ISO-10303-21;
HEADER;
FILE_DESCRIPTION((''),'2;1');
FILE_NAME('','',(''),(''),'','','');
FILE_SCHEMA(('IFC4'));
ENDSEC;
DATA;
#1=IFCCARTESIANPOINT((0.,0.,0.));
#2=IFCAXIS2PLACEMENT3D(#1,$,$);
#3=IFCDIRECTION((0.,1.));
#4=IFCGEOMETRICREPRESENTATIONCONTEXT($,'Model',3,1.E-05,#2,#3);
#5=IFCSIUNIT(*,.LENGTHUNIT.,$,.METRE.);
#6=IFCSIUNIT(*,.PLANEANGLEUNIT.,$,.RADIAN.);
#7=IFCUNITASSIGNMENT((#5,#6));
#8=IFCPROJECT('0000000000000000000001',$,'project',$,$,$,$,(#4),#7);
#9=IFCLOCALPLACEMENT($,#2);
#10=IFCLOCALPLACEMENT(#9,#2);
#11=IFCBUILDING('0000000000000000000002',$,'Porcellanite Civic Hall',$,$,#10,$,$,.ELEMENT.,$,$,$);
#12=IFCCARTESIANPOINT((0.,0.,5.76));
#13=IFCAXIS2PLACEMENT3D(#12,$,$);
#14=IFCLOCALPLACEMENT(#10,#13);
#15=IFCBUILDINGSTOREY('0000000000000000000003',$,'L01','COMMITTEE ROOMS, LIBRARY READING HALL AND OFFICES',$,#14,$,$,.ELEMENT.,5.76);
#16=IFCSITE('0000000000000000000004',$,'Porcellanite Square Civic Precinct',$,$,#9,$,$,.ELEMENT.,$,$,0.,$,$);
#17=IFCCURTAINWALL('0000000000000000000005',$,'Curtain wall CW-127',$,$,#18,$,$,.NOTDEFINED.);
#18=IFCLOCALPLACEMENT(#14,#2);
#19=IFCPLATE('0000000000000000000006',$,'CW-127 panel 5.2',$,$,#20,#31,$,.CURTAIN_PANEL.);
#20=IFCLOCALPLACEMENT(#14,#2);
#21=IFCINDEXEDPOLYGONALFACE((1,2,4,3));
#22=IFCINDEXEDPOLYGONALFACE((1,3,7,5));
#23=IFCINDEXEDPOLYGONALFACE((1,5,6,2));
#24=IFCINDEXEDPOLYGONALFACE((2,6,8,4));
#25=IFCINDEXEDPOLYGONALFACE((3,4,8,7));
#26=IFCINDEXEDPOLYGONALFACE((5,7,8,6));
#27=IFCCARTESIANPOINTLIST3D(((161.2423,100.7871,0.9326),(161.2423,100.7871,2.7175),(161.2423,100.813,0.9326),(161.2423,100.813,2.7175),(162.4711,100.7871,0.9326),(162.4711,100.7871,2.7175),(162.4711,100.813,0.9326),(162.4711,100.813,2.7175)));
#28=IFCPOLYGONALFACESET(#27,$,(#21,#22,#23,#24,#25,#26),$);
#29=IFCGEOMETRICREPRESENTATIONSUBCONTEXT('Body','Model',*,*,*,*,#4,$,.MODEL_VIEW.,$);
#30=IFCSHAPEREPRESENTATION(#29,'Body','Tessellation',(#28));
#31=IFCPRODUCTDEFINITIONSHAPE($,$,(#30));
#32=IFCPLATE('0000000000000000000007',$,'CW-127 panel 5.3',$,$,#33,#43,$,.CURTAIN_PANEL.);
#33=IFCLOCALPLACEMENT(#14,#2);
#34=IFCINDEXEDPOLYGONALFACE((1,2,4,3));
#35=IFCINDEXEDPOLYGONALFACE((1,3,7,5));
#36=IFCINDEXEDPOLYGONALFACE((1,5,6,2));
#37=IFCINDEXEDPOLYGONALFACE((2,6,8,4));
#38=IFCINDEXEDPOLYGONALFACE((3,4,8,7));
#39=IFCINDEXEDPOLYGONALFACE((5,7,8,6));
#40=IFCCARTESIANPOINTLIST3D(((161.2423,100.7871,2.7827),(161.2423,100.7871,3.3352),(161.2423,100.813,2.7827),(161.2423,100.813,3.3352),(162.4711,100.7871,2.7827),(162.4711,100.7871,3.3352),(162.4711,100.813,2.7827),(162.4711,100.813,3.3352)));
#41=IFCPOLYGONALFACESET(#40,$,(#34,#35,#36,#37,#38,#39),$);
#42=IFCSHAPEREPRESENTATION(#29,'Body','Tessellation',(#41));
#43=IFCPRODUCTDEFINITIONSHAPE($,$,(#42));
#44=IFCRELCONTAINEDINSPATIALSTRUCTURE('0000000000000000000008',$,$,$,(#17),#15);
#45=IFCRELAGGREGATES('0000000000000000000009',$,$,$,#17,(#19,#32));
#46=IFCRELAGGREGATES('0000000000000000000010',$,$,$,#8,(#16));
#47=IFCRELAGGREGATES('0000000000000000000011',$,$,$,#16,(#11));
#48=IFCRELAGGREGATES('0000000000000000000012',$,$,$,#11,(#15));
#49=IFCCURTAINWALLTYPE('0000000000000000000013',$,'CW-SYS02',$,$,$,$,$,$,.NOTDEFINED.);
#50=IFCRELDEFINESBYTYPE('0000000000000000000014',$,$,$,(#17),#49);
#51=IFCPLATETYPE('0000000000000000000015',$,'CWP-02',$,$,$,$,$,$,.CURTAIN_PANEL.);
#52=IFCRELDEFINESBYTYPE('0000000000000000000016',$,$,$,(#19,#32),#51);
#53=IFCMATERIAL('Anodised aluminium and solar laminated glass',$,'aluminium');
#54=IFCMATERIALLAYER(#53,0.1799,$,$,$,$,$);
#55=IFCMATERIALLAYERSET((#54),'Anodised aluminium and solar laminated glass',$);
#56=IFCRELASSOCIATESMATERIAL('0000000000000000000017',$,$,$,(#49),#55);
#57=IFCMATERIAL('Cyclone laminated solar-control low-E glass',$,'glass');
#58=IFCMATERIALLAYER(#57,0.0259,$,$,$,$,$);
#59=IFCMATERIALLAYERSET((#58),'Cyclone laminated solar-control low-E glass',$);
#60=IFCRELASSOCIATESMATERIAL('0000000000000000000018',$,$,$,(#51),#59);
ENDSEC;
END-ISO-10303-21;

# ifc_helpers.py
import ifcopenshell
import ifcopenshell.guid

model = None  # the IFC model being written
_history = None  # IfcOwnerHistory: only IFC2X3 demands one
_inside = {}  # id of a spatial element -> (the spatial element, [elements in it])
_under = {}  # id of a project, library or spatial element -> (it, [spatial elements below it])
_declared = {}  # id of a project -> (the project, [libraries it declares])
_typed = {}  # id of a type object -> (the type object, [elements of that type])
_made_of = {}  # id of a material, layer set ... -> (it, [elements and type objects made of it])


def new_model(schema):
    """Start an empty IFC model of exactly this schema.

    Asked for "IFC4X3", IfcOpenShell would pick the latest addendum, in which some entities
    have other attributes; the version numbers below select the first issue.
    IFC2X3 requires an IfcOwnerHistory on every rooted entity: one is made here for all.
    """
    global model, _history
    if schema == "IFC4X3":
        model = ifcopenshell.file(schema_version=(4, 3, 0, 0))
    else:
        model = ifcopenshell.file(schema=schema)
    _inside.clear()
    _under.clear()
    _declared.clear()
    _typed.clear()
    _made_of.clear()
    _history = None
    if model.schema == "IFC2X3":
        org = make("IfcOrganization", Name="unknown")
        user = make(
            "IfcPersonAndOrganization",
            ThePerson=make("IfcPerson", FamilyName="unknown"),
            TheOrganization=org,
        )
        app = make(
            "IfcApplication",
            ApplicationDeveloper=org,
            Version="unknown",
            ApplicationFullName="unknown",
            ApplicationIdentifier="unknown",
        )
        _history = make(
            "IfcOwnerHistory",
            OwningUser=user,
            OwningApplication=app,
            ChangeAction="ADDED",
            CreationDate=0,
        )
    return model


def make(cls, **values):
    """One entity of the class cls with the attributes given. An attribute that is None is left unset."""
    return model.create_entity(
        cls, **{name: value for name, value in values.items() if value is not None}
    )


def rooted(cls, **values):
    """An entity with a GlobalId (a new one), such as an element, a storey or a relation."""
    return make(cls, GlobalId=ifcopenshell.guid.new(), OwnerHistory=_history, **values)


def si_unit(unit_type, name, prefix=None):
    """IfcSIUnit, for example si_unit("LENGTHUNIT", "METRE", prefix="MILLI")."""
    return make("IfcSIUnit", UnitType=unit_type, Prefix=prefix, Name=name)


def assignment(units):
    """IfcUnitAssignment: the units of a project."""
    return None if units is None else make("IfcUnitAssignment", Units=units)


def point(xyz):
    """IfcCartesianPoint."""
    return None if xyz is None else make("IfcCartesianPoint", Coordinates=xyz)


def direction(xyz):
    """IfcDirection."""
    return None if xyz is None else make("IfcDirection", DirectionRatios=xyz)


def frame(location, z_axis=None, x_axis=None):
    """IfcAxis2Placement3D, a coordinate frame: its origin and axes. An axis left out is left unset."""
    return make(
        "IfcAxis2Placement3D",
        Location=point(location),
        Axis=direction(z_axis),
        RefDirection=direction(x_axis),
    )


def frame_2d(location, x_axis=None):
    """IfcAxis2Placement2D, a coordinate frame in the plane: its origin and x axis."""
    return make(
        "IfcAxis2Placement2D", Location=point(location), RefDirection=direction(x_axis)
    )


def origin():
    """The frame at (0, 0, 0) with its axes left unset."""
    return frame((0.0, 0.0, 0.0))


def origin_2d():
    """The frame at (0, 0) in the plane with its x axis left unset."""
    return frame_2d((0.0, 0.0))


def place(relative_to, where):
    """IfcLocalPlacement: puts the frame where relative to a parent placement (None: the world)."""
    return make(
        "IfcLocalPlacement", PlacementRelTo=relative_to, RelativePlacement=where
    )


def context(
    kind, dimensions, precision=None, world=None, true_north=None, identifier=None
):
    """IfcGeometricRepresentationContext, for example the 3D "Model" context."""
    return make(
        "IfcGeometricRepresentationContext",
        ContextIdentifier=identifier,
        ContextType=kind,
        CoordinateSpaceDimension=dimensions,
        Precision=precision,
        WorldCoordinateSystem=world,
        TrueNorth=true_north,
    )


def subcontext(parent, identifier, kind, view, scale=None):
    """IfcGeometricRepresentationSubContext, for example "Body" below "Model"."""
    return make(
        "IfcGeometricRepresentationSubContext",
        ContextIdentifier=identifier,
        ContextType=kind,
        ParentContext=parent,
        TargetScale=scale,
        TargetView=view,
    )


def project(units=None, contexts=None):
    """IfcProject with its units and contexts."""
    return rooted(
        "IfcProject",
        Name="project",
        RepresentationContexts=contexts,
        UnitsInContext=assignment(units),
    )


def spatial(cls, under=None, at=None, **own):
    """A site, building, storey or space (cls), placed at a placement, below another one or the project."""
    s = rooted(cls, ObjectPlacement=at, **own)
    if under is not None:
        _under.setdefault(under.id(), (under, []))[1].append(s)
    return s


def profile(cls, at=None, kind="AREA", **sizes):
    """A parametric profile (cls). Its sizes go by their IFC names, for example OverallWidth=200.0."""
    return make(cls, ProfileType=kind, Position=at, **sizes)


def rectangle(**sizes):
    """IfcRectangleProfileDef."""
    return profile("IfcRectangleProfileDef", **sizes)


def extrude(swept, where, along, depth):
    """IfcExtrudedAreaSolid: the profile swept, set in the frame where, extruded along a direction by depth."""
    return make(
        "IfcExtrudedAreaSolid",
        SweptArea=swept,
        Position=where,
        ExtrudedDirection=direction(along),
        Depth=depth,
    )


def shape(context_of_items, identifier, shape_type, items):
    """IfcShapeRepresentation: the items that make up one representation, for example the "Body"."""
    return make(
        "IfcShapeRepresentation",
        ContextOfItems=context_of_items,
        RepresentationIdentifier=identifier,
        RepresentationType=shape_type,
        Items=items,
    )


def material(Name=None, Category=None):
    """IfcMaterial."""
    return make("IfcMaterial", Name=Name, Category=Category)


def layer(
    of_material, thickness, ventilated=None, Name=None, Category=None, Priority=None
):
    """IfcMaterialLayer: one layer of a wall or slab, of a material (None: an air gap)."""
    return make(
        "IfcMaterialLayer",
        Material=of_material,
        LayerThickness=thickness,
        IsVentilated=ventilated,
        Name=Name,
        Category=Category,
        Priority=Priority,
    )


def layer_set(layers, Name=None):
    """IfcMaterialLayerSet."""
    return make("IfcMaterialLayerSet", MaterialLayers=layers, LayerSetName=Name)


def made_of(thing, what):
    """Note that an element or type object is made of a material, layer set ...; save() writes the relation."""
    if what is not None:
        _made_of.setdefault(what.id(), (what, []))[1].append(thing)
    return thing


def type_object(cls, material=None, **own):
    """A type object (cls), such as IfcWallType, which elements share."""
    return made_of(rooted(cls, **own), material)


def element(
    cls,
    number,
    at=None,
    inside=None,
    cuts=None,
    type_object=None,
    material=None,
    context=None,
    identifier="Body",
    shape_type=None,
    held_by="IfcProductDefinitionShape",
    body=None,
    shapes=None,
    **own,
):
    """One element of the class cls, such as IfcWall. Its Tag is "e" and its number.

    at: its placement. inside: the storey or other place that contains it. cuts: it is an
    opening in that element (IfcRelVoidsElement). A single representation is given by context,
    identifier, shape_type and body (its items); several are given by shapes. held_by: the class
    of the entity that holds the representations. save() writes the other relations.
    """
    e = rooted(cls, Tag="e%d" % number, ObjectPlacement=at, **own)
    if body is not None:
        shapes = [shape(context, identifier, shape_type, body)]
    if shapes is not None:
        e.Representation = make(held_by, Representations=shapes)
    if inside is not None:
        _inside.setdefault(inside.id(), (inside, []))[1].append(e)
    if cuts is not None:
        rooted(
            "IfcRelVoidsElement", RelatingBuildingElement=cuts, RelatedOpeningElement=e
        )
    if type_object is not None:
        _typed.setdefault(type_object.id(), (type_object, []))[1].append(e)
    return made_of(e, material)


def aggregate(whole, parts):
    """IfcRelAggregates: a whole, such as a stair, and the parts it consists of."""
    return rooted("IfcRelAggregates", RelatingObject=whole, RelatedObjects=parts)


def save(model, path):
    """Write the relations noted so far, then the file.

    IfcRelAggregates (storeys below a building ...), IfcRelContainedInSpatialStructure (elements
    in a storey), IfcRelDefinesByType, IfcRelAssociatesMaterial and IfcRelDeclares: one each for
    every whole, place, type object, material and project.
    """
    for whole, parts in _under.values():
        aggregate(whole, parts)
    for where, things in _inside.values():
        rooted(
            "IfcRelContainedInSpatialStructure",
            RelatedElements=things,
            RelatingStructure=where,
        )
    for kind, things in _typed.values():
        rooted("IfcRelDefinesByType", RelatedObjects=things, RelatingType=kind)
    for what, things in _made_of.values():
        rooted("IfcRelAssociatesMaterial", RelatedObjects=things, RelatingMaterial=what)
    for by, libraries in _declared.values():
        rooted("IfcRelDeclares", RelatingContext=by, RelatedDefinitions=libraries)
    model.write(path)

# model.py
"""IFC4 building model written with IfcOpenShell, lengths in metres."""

from ifc_helpers import new_model, si_unit, direction, frame, origin, origin_2d, place, context, subcontext, project, spatial, rectangle, extrude, material, layer, layer_set, type_object, element, aggregate, save


model = new_model("IFC4")

# Units and contexts
model_context = context("Model", 3, precision=1e-05, world=origin(), true_north=direction((0.0, 1.0)))
body_context = subcontext(model_context, "Body", "Model", "MODEL_VIEW")
ifc_project = project(units=[si_unit("LENGTHUNIT", "METRE"), si_unit("PLANEANGLEUNIT", "RADIAN")], contexts=[model_context])

# Site, building, storey
site_placement = place(None, origin())
site = spatial("IfcSite", under=ifc_project, at=site_placement, Name="Porcellanite Square Civic Precinct", CompositionType="ELEMENT", RefElevation=0.0)
building_placement = place(site_placement, origin())
building = spatial("IfcBuilding", under=site, at=building_placement, Name="Porcellanite Civic Hall", CompositionType="ELEMENT")
storey_placement = place(building_placement, frame((0.0, 0.0, 5.76)))
storey = spatial("IfcBuildingStorey", under=building, at=storey_placement, Name="L01", Description="COMMITTEE ROOMS, LIBRARY READING HALL AND OFFICES", CompositionType="ELEMENT", Elevation=5.76)

# Curtain wall, plates
ifc_material_1 = material(Name="Anodised aluminium and solar laminated glass", Category="aluminium")
ifc_layer_1 = layer(ifc_material_1, 0.1799)
ifc_layer_set_1 = layer_set([ifc_layer_1], Name="Anodised aluminium and solar laminated glass")
curtain_wall_type = type_object("IfcCurtainWallType", Name="CW-SYS02", PredefinedType="NOTDEFINED", material=ifc_layer_set_1)
curtain_wall_placement = place(storey_placement, origin())
curtain_wall = element("IfcCurtainWall", 1, at=curtain_wall_placement, inside=storey, type_object=curtain_wall_type, Name="Curtain wall CW-127", PredefinedType="NOTDEFINED")
ifc_material_2 = material(Name="Cyclone laminated solar-control low-E glass", Category="glass")
ifc_layer_2 = layer(ifc_material_2, 0.0259)
ifc_layer_set_2 = layer_set([ifc_layer_2], Name="Cyclone laminated solar-control low-E glass")
plate_type = type_object("IfcPlateType", Name="CWP-02", PredefinedType="CURTAIN_PANEL", material=ifc_layer_set_2)
plate_1_placement = place(storey_placement, frame((161.8567, 100.8, 0.9326), z_axis=(0.0, 0.0, 1.0), x_axis=(-1.0, 0.0, 0.0)))
plate_1 = element("IfcPlate", 2, at=plate_1_placement, type_object=plate_type, Name="CW-127 panel 5.2", PredefinedType="CURTAIN_PANEL", context=body_context, shape_type="SweptSolid", body=[
    extrude(rectangle(XDim=1.2288, YDim=0.0259, at=origin_2d()), origin(), (0.0, 0.0, 1.0), 1.7849),
])
plate_2_placement = place(storey_placement, frame((161.8567, 100.8, 2.7827), z_axis=(0.0, 0.0, 1.0), x_axis=(-1.0, 0.0, 0.0)))
plate_2 = element("IfcPlate", 3, at=plate_2_placement, type_object=plate_type, Name="CW-127 panel 5.3", PredefinedType="CURTAIN_PANEL", context=body_context, shape_type="SweptSolid", body=[
    extrude(rectangle(XDim=1.2288, YDim=0.0259, at=origin_2d()), origin(), (0.0, 0.0, 1.0), 0.5525),
])
aggregate(curtain_wall, [plate_1, plate_2])

save(model, "model.ifc")
